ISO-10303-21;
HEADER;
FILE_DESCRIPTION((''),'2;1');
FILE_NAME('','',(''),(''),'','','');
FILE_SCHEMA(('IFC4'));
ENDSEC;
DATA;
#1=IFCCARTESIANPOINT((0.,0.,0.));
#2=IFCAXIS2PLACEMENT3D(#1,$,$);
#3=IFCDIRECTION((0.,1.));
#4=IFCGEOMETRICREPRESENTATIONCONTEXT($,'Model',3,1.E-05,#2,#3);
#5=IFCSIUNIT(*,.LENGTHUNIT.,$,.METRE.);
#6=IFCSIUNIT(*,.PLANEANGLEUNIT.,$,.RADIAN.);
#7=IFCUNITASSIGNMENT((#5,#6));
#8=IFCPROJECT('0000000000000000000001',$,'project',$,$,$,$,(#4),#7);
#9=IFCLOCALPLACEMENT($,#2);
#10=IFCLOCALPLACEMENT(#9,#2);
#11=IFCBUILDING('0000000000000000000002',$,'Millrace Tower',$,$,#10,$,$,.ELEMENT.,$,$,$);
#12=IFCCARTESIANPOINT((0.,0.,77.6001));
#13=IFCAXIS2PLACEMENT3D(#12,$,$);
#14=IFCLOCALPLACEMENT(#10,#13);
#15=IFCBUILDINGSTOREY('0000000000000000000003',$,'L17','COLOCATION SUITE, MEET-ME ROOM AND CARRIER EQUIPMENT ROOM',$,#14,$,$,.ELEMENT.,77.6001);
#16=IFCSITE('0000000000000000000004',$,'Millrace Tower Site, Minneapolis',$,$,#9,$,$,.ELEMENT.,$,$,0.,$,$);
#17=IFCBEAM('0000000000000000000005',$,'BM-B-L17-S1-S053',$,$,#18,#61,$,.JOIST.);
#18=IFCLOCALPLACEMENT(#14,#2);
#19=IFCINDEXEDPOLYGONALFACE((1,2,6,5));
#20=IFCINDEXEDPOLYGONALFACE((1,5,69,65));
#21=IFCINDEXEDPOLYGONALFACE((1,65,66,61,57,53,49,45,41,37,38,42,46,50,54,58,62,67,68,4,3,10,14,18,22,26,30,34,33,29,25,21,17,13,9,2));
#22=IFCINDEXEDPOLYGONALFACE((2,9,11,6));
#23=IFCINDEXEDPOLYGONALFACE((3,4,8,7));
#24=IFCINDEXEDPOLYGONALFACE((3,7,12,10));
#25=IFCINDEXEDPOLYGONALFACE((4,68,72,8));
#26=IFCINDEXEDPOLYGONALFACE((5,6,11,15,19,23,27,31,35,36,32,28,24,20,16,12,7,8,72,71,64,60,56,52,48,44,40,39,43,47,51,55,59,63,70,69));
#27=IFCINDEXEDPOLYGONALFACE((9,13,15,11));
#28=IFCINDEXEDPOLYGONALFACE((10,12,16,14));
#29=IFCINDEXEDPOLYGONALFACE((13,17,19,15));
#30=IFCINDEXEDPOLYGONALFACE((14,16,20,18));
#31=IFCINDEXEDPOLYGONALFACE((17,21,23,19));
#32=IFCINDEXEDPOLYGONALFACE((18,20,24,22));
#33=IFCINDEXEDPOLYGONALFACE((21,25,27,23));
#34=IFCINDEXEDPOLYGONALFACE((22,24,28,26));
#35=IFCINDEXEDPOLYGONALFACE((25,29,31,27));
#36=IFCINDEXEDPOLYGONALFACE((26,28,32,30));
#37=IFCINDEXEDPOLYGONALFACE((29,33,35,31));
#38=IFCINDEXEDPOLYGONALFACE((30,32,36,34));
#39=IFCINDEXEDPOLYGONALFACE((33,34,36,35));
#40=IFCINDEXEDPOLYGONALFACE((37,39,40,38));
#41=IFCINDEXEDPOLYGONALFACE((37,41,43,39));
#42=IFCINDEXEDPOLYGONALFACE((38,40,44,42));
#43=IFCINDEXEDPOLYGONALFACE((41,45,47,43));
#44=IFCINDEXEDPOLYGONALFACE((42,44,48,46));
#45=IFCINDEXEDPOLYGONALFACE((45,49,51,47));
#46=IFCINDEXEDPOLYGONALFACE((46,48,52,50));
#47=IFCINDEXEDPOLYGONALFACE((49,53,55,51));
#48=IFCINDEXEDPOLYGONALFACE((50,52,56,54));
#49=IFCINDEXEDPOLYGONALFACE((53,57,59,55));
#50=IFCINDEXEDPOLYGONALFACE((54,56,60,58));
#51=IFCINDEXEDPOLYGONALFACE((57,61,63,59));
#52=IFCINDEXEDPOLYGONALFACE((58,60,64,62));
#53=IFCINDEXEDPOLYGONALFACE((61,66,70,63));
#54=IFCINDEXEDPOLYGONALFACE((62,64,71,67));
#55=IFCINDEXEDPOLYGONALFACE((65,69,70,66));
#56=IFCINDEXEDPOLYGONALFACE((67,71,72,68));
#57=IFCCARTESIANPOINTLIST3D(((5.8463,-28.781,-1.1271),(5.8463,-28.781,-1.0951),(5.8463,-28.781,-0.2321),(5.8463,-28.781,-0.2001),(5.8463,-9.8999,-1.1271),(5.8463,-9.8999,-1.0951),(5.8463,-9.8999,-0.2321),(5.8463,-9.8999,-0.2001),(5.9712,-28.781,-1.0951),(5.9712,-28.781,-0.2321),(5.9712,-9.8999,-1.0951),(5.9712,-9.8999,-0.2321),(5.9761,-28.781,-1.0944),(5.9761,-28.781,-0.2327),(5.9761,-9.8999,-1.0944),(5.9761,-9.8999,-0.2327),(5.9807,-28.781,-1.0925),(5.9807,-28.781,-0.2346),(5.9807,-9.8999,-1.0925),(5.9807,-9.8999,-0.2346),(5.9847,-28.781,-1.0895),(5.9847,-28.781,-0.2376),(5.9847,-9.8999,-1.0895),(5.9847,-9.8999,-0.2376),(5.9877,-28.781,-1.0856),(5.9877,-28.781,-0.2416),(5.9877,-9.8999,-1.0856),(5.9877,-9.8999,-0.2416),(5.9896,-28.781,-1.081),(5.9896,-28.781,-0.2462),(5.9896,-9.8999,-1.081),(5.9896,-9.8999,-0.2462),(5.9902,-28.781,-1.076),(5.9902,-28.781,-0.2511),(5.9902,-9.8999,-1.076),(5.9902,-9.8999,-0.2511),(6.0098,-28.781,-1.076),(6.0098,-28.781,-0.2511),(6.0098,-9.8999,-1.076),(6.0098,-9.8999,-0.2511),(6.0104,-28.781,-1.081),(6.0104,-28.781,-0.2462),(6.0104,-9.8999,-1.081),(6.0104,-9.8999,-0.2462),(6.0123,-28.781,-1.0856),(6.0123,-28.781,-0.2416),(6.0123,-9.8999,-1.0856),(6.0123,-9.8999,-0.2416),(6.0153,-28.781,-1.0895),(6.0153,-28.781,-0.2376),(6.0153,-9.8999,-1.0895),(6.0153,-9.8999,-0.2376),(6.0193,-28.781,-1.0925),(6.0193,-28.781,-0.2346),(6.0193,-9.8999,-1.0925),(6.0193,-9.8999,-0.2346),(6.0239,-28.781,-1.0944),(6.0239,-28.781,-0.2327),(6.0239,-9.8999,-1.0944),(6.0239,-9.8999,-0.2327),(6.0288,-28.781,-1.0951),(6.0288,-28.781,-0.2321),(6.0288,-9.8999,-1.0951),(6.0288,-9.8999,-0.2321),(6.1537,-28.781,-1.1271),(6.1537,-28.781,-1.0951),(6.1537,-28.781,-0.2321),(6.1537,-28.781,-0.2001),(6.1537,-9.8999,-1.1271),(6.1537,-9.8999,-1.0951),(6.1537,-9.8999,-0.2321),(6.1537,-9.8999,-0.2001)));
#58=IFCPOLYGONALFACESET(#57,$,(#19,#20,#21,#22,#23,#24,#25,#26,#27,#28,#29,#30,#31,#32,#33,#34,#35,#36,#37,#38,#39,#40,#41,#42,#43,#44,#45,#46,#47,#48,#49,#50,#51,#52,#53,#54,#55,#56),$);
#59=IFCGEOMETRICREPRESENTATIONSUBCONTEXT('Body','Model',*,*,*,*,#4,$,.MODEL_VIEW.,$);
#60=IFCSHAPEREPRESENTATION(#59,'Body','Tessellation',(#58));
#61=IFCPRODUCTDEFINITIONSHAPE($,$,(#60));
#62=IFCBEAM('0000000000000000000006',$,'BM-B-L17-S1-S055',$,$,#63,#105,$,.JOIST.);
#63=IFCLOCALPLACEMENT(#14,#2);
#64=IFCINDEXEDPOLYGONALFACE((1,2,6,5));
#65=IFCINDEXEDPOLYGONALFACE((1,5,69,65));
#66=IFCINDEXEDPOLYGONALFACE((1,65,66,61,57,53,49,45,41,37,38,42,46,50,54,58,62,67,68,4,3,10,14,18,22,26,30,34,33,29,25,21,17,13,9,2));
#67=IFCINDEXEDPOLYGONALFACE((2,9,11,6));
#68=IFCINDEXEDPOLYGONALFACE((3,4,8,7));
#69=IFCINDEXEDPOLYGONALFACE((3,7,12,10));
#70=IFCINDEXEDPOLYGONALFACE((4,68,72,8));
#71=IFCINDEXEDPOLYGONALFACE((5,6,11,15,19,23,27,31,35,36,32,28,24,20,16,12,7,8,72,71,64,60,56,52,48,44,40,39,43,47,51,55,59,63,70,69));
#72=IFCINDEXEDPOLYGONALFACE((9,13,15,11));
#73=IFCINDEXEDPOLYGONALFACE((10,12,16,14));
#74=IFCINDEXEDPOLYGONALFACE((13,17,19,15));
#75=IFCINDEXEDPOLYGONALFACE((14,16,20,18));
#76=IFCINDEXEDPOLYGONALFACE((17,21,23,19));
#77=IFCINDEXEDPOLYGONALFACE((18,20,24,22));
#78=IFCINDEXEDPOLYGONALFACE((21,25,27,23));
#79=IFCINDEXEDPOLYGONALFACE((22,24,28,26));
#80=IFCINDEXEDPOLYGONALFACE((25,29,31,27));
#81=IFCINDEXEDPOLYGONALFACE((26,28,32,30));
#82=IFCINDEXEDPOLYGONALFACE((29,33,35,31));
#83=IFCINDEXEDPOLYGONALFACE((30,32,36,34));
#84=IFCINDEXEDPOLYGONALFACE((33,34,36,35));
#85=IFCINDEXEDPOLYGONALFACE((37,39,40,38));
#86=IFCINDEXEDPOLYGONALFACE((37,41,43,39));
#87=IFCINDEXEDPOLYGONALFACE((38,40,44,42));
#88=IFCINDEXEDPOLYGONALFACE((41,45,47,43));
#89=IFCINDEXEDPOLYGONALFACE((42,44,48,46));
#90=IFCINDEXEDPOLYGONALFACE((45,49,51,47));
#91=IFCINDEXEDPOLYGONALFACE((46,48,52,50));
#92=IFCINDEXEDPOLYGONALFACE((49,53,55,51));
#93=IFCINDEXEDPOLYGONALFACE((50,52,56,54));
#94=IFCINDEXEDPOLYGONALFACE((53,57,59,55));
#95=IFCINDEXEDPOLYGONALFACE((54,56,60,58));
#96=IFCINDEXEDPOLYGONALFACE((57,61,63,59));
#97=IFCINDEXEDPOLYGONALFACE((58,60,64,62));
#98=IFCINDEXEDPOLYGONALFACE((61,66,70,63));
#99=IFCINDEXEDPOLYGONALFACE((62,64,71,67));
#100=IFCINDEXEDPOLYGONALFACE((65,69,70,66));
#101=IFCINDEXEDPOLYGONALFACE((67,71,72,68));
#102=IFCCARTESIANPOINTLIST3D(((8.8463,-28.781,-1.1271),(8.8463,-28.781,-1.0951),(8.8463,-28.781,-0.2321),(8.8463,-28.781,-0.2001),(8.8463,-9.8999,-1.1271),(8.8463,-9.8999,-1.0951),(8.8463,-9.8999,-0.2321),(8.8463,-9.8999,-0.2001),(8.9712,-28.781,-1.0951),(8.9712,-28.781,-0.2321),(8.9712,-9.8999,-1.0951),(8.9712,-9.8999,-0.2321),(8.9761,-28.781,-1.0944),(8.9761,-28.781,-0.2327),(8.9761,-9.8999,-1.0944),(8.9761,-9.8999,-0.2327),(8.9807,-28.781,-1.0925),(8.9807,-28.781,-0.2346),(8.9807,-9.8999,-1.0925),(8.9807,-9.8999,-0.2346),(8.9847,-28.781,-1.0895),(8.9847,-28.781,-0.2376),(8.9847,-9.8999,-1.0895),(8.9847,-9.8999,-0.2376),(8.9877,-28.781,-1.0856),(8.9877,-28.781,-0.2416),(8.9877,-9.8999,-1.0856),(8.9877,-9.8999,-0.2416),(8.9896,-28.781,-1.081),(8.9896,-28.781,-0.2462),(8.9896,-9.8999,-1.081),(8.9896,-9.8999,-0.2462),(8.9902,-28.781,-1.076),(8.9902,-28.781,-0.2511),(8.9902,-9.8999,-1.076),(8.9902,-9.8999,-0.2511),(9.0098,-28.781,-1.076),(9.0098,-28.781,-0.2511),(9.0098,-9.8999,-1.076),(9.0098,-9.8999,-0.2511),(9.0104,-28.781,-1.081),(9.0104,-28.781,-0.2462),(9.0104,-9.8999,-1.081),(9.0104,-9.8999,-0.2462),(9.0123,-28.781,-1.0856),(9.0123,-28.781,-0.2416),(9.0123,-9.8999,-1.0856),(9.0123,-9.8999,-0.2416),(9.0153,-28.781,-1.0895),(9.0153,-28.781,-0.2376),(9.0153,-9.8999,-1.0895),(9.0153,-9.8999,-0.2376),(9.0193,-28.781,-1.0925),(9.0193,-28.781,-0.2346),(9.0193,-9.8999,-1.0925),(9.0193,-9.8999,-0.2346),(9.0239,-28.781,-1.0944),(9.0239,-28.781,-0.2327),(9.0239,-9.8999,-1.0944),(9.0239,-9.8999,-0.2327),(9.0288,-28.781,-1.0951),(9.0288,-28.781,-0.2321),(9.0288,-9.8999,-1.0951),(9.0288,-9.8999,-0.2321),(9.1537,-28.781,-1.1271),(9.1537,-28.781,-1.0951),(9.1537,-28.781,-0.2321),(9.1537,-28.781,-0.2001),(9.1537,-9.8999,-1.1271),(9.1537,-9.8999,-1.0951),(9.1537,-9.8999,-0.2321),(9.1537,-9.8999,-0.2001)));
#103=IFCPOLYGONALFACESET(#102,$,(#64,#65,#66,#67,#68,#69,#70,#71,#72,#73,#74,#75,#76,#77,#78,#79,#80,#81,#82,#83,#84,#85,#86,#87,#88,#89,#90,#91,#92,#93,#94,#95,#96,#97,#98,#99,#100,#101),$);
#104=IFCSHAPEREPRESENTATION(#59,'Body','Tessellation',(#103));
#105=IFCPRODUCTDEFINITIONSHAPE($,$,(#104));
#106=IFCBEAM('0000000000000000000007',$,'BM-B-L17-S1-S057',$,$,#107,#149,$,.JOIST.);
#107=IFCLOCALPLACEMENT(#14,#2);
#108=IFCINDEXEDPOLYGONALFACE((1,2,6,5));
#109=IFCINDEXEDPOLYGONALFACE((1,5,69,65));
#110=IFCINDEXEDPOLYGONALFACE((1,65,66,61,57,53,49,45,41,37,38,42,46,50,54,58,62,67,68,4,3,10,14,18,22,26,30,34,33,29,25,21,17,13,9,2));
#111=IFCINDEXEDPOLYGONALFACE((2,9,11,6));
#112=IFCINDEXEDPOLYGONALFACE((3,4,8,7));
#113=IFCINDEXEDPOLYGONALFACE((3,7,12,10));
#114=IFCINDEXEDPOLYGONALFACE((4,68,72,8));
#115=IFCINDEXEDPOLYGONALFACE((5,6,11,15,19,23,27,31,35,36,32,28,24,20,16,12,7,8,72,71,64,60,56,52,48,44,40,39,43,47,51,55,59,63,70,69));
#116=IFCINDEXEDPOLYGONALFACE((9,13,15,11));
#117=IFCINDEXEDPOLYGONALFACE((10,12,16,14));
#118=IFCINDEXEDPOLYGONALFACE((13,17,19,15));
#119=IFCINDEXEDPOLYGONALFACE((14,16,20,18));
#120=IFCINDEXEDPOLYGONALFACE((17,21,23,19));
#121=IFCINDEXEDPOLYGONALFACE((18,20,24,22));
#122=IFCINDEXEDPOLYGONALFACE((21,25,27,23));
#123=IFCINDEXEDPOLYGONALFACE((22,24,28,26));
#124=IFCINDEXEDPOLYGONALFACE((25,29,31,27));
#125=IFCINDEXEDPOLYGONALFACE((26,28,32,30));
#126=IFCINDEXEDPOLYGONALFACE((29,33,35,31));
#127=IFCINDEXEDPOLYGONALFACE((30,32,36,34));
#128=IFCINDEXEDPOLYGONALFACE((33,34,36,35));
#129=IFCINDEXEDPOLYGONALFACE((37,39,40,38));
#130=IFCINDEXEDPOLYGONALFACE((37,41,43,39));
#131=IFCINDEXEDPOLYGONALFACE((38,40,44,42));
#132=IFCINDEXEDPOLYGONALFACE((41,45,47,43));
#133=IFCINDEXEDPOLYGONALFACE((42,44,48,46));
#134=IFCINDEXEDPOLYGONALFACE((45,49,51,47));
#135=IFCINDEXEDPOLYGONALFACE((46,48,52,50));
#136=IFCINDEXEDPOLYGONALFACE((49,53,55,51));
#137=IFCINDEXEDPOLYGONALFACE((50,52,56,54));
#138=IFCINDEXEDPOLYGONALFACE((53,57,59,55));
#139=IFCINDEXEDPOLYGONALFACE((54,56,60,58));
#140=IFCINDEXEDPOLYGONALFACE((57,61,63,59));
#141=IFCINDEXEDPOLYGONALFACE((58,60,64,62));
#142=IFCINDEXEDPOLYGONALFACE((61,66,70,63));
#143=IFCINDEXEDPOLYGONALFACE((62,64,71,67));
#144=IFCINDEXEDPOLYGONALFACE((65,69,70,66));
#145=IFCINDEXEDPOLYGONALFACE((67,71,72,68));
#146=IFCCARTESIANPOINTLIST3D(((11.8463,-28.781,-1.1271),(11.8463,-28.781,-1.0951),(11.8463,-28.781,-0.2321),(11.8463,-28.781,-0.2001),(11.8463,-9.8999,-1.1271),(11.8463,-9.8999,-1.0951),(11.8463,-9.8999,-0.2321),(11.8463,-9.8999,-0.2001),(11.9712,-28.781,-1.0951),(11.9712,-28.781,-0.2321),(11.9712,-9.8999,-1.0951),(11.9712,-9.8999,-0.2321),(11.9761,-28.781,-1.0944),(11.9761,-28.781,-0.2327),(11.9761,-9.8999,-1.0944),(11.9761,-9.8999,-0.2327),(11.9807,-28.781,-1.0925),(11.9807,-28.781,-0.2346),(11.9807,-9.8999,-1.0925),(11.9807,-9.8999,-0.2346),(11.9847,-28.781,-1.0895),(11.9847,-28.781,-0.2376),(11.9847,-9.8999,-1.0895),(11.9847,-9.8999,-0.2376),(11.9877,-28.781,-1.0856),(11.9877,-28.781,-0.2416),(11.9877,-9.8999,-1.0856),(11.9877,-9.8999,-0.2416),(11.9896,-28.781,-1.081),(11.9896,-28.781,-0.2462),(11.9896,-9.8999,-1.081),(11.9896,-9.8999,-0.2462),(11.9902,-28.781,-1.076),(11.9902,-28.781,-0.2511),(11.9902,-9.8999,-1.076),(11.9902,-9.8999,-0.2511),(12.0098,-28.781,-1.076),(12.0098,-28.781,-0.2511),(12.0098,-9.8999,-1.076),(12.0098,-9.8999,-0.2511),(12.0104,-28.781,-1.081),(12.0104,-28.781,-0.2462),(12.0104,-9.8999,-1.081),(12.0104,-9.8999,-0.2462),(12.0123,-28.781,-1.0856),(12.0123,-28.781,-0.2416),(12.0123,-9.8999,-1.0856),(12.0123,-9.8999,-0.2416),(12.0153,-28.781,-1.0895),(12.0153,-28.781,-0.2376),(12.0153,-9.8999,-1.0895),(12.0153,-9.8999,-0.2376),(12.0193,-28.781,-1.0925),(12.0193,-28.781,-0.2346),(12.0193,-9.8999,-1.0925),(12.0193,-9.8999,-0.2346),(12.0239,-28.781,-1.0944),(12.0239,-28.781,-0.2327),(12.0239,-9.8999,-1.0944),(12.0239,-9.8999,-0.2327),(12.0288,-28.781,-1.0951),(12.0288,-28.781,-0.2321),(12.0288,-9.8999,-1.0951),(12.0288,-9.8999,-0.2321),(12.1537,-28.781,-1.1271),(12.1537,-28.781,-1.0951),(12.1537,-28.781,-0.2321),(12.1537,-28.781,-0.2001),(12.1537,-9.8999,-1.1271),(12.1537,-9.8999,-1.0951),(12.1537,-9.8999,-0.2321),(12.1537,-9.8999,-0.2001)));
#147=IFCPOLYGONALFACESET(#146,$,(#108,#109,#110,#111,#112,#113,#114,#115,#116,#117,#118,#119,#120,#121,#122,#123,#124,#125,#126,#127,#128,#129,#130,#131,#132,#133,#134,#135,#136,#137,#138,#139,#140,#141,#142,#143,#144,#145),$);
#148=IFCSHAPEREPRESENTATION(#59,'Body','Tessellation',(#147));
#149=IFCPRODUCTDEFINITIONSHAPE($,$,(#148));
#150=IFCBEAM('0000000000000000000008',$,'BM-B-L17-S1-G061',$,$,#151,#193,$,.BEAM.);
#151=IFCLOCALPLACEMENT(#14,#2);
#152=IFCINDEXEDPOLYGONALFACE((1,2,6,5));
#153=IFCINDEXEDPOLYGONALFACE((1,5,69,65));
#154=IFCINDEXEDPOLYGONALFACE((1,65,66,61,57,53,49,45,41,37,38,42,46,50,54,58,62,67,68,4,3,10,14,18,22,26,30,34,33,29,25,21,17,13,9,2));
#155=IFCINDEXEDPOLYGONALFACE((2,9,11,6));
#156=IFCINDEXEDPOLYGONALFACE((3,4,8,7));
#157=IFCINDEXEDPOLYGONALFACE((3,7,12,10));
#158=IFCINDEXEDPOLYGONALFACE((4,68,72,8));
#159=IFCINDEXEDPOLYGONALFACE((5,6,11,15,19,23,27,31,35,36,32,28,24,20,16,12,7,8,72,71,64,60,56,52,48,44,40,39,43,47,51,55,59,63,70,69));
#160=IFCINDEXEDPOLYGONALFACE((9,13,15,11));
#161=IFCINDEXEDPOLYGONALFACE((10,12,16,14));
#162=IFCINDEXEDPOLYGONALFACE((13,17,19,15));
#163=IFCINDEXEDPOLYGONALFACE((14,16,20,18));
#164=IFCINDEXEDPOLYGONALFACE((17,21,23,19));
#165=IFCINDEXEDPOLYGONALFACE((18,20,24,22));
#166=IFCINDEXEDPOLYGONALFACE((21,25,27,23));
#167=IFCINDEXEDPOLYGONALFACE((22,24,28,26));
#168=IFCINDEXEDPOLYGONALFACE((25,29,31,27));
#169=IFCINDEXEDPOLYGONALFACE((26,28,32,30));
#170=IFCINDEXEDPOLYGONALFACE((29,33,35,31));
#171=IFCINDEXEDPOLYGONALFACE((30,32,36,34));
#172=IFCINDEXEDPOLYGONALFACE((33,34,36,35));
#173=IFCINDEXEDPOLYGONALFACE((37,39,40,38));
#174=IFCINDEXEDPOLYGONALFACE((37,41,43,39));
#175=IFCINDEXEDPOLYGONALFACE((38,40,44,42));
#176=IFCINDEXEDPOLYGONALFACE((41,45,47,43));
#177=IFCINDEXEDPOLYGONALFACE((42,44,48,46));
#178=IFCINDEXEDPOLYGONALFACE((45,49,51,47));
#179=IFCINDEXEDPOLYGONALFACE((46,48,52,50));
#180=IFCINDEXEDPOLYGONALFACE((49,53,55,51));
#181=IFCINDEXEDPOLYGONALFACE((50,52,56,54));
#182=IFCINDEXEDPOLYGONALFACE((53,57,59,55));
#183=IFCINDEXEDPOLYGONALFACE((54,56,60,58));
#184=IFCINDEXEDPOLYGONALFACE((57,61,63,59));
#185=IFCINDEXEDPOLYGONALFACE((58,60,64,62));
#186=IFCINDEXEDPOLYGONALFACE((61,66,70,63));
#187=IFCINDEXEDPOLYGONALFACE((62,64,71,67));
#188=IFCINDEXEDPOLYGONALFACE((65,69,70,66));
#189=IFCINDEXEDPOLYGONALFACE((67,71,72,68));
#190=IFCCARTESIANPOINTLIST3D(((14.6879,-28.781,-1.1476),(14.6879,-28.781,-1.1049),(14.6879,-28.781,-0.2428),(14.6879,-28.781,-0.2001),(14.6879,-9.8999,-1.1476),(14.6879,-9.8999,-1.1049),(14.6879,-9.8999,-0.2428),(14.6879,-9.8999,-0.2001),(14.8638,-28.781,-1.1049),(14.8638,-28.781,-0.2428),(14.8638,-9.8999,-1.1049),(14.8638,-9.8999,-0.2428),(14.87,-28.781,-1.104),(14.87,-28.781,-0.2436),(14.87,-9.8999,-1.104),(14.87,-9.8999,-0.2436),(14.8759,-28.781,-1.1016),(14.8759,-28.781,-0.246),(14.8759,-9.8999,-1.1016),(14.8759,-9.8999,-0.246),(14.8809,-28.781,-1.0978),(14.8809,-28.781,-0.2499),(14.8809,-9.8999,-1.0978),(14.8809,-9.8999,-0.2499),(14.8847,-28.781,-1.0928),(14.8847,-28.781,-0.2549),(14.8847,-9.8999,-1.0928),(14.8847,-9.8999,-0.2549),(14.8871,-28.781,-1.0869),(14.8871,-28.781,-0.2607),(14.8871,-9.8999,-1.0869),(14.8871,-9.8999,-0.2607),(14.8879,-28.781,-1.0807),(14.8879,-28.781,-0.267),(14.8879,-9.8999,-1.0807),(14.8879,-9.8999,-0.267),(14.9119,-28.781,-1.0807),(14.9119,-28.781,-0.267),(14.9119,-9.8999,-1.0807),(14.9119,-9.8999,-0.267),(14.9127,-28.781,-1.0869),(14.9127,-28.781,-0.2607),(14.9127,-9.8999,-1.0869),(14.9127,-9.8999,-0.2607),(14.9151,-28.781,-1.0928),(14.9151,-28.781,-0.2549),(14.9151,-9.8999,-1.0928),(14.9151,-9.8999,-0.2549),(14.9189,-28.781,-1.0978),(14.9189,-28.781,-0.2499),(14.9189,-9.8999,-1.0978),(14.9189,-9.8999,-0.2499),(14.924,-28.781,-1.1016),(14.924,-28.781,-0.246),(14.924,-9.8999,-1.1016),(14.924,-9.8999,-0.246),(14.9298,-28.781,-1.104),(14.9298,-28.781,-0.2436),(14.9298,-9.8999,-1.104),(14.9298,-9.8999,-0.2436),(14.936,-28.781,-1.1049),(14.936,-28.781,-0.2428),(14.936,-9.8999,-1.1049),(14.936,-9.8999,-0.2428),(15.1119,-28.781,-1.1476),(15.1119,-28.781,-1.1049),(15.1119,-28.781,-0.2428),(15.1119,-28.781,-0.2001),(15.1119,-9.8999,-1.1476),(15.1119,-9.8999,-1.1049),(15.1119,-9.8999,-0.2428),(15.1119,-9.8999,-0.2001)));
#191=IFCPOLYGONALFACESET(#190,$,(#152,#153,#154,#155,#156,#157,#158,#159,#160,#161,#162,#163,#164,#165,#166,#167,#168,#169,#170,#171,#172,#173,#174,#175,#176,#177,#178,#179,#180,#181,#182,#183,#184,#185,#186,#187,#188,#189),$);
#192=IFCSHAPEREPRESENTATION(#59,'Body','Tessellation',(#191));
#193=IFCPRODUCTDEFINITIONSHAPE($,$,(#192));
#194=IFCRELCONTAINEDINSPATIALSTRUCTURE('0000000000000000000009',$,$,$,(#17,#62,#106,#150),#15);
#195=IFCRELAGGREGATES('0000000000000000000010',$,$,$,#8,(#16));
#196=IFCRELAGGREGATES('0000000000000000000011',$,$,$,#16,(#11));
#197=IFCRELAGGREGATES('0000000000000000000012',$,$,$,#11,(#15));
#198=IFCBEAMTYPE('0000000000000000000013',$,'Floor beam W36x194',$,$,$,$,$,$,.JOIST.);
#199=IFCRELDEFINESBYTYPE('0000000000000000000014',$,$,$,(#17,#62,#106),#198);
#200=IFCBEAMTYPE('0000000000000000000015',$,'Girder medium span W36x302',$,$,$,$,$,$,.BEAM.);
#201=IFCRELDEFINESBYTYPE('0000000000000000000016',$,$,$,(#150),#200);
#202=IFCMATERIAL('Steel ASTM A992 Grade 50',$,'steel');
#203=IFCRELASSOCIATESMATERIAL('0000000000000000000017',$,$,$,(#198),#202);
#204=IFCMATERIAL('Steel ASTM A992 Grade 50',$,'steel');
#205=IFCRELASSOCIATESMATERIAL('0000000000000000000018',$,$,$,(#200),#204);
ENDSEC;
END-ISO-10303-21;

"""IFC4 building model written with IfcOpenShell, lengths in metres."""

from ifc_helpers import new_model, si_unit, direction, frame, origin, origin_2d, place, context, subcontext, project, spatial, i_section, extrude, material, material_profile, profile_set, type_object, element, save


model = new_model("IFC4")

# Units and contexts
model_context = context("Model", 3, precision=1e-05, world=origin(), true_north=direction((0.0, 1.0)))
body_context = subcontext(model_context, "Body", "Model", "MODEL_VIEW")
ifc_project = project(units=[si_unit("LENGTHUNIT", "METRE"), si_unit("PLANEANGLEUNIT", "RADIAN")], contexts=[model_context])

# Site, building, storey
site_placement = place(None, origin())
site = spatial("IfcSite", under=ifc_project, at=site_placement, Name="Millrace Tower Site, Minneapolis", CompositionType="ELEMENT", RefElevation=0.0)
building_placement = place(site_placement, origin())
building = spatial("IfcBuilding", under=site, at=building_placement, Name="Millrace Tower", CompositionType="ELEMENT")
storey_placement = place(building_placement, frame((0.0, 0.0, 77.6001)))
storey = spatial("IfcBuildingStorey", under=building, at=storey_placement, Name="L17", Description="COLOCATION SUITE, MEET-ME ROOM AND CARRIER EQUIPMENT ROOM", CompositionType="ELEMENT", Elevation=77.6001)

# Beams
ifc_material_1 = material(Name="Steel ASTM A992 Grade 50", Category="steel")
ifc_material_profile_1 = material_profile(ifc_material_1, i_section(OverallWidth=0.3074, OverallDepth=0.927, WebThickness=0.0195, FlangeThickness=0.032, FilletRadius=0.019, at=origin_2d()))
ifc_profile_set_1 = profile_set([ifc_material_profile_1], Name="Steel ASTM A992 Grade 50")
beam_type_1 = type_object("IfcBeamType", Name="Floor beam W36x194", PredefinedType="JOIST", material=ifc_profile_set_1)
for number, where, z_axis, x_axis, name in (
    (1, (6.0, -28.781, -0.6636), (0.0, 1.0, 0.0), (-1.0, 0.0, 0.0), "BM-B-L17-S1-S053"),
    (2, (9.0, -28.781, -0.6636), (0.0, 1.0, 0.0), (-1.0, 0.0, 0.0), "BM-B-L17-S1-S055"),
    (3, (12.0, -28.781, -0.6636), (0.0, 1.0, 0.0), (-1.0, 0.0, 0.0), "BM-B-L17-S1-S057"),
):
    element("IfcBeam", number, at=place(storey_placement, frame(where, z_axis=z_axis, x_axis=x_axis)), inside=storey, type_object=beam_type_1, Name=name, PredefinedType="JOIST", context=body_context, shape_type="SweptSolid", body=[
        extrude(i_section(OverallWidth=0.3074, OverallDepth=0.927, WebThickness=0.0195, FlangeThickness=0.032, FilletRadius=0.019, at=origin_2d()), origin(), (0.0, 0.0, 1.0), 18.8811),
    ])
ifc_material_2 = material(Name="Steel ASTM A992 Grade 50", Category="steel")
ifc_material_profile_2 = material_profile(ifc_material_2, i_section(OverallWidth=0.4241, OverallDepth=0.9475, WebThickness=0.0239, FlangeThickness=0.0427, FilletRadius=0.0242, at=origin_2d()))
ifc_profile_set_2 = profile_set([ifc_material_profile_2], Name="Steel ASTM A992 Grade 50")
beam_type_2 = type_object("IfcBeamType", Name="Girder medium span W36x302", PredefinedType="BEAM", material=ifc_profile_set_2)
beam_1_placement = place(storey_placement, frame((14.8999, -28.781, -0.6738), z_axis=(0.0, 1.0, 0.0), x_axis=(-1.0, 0.0, 0.0)))
element("IfcBeam", 4, at=beam_1_placement, inside=storey, type_object=beam_type_2, Name="BM-B-L17-S1-G061", PredefinedType="BEAM", context=body_context, shape_type="SweptSolid", body=[
    extrude(i_section(OverallWidth=0.4241, OverallDepth=0.9475, WebThickness=0.0239, FlangeThickness=0.0427, FilletRadius=0.0242, at=origin_2d()), origin(), (0.0, 0.0, 1.0), 18.8811),
])

save(model, "model.ifc")
